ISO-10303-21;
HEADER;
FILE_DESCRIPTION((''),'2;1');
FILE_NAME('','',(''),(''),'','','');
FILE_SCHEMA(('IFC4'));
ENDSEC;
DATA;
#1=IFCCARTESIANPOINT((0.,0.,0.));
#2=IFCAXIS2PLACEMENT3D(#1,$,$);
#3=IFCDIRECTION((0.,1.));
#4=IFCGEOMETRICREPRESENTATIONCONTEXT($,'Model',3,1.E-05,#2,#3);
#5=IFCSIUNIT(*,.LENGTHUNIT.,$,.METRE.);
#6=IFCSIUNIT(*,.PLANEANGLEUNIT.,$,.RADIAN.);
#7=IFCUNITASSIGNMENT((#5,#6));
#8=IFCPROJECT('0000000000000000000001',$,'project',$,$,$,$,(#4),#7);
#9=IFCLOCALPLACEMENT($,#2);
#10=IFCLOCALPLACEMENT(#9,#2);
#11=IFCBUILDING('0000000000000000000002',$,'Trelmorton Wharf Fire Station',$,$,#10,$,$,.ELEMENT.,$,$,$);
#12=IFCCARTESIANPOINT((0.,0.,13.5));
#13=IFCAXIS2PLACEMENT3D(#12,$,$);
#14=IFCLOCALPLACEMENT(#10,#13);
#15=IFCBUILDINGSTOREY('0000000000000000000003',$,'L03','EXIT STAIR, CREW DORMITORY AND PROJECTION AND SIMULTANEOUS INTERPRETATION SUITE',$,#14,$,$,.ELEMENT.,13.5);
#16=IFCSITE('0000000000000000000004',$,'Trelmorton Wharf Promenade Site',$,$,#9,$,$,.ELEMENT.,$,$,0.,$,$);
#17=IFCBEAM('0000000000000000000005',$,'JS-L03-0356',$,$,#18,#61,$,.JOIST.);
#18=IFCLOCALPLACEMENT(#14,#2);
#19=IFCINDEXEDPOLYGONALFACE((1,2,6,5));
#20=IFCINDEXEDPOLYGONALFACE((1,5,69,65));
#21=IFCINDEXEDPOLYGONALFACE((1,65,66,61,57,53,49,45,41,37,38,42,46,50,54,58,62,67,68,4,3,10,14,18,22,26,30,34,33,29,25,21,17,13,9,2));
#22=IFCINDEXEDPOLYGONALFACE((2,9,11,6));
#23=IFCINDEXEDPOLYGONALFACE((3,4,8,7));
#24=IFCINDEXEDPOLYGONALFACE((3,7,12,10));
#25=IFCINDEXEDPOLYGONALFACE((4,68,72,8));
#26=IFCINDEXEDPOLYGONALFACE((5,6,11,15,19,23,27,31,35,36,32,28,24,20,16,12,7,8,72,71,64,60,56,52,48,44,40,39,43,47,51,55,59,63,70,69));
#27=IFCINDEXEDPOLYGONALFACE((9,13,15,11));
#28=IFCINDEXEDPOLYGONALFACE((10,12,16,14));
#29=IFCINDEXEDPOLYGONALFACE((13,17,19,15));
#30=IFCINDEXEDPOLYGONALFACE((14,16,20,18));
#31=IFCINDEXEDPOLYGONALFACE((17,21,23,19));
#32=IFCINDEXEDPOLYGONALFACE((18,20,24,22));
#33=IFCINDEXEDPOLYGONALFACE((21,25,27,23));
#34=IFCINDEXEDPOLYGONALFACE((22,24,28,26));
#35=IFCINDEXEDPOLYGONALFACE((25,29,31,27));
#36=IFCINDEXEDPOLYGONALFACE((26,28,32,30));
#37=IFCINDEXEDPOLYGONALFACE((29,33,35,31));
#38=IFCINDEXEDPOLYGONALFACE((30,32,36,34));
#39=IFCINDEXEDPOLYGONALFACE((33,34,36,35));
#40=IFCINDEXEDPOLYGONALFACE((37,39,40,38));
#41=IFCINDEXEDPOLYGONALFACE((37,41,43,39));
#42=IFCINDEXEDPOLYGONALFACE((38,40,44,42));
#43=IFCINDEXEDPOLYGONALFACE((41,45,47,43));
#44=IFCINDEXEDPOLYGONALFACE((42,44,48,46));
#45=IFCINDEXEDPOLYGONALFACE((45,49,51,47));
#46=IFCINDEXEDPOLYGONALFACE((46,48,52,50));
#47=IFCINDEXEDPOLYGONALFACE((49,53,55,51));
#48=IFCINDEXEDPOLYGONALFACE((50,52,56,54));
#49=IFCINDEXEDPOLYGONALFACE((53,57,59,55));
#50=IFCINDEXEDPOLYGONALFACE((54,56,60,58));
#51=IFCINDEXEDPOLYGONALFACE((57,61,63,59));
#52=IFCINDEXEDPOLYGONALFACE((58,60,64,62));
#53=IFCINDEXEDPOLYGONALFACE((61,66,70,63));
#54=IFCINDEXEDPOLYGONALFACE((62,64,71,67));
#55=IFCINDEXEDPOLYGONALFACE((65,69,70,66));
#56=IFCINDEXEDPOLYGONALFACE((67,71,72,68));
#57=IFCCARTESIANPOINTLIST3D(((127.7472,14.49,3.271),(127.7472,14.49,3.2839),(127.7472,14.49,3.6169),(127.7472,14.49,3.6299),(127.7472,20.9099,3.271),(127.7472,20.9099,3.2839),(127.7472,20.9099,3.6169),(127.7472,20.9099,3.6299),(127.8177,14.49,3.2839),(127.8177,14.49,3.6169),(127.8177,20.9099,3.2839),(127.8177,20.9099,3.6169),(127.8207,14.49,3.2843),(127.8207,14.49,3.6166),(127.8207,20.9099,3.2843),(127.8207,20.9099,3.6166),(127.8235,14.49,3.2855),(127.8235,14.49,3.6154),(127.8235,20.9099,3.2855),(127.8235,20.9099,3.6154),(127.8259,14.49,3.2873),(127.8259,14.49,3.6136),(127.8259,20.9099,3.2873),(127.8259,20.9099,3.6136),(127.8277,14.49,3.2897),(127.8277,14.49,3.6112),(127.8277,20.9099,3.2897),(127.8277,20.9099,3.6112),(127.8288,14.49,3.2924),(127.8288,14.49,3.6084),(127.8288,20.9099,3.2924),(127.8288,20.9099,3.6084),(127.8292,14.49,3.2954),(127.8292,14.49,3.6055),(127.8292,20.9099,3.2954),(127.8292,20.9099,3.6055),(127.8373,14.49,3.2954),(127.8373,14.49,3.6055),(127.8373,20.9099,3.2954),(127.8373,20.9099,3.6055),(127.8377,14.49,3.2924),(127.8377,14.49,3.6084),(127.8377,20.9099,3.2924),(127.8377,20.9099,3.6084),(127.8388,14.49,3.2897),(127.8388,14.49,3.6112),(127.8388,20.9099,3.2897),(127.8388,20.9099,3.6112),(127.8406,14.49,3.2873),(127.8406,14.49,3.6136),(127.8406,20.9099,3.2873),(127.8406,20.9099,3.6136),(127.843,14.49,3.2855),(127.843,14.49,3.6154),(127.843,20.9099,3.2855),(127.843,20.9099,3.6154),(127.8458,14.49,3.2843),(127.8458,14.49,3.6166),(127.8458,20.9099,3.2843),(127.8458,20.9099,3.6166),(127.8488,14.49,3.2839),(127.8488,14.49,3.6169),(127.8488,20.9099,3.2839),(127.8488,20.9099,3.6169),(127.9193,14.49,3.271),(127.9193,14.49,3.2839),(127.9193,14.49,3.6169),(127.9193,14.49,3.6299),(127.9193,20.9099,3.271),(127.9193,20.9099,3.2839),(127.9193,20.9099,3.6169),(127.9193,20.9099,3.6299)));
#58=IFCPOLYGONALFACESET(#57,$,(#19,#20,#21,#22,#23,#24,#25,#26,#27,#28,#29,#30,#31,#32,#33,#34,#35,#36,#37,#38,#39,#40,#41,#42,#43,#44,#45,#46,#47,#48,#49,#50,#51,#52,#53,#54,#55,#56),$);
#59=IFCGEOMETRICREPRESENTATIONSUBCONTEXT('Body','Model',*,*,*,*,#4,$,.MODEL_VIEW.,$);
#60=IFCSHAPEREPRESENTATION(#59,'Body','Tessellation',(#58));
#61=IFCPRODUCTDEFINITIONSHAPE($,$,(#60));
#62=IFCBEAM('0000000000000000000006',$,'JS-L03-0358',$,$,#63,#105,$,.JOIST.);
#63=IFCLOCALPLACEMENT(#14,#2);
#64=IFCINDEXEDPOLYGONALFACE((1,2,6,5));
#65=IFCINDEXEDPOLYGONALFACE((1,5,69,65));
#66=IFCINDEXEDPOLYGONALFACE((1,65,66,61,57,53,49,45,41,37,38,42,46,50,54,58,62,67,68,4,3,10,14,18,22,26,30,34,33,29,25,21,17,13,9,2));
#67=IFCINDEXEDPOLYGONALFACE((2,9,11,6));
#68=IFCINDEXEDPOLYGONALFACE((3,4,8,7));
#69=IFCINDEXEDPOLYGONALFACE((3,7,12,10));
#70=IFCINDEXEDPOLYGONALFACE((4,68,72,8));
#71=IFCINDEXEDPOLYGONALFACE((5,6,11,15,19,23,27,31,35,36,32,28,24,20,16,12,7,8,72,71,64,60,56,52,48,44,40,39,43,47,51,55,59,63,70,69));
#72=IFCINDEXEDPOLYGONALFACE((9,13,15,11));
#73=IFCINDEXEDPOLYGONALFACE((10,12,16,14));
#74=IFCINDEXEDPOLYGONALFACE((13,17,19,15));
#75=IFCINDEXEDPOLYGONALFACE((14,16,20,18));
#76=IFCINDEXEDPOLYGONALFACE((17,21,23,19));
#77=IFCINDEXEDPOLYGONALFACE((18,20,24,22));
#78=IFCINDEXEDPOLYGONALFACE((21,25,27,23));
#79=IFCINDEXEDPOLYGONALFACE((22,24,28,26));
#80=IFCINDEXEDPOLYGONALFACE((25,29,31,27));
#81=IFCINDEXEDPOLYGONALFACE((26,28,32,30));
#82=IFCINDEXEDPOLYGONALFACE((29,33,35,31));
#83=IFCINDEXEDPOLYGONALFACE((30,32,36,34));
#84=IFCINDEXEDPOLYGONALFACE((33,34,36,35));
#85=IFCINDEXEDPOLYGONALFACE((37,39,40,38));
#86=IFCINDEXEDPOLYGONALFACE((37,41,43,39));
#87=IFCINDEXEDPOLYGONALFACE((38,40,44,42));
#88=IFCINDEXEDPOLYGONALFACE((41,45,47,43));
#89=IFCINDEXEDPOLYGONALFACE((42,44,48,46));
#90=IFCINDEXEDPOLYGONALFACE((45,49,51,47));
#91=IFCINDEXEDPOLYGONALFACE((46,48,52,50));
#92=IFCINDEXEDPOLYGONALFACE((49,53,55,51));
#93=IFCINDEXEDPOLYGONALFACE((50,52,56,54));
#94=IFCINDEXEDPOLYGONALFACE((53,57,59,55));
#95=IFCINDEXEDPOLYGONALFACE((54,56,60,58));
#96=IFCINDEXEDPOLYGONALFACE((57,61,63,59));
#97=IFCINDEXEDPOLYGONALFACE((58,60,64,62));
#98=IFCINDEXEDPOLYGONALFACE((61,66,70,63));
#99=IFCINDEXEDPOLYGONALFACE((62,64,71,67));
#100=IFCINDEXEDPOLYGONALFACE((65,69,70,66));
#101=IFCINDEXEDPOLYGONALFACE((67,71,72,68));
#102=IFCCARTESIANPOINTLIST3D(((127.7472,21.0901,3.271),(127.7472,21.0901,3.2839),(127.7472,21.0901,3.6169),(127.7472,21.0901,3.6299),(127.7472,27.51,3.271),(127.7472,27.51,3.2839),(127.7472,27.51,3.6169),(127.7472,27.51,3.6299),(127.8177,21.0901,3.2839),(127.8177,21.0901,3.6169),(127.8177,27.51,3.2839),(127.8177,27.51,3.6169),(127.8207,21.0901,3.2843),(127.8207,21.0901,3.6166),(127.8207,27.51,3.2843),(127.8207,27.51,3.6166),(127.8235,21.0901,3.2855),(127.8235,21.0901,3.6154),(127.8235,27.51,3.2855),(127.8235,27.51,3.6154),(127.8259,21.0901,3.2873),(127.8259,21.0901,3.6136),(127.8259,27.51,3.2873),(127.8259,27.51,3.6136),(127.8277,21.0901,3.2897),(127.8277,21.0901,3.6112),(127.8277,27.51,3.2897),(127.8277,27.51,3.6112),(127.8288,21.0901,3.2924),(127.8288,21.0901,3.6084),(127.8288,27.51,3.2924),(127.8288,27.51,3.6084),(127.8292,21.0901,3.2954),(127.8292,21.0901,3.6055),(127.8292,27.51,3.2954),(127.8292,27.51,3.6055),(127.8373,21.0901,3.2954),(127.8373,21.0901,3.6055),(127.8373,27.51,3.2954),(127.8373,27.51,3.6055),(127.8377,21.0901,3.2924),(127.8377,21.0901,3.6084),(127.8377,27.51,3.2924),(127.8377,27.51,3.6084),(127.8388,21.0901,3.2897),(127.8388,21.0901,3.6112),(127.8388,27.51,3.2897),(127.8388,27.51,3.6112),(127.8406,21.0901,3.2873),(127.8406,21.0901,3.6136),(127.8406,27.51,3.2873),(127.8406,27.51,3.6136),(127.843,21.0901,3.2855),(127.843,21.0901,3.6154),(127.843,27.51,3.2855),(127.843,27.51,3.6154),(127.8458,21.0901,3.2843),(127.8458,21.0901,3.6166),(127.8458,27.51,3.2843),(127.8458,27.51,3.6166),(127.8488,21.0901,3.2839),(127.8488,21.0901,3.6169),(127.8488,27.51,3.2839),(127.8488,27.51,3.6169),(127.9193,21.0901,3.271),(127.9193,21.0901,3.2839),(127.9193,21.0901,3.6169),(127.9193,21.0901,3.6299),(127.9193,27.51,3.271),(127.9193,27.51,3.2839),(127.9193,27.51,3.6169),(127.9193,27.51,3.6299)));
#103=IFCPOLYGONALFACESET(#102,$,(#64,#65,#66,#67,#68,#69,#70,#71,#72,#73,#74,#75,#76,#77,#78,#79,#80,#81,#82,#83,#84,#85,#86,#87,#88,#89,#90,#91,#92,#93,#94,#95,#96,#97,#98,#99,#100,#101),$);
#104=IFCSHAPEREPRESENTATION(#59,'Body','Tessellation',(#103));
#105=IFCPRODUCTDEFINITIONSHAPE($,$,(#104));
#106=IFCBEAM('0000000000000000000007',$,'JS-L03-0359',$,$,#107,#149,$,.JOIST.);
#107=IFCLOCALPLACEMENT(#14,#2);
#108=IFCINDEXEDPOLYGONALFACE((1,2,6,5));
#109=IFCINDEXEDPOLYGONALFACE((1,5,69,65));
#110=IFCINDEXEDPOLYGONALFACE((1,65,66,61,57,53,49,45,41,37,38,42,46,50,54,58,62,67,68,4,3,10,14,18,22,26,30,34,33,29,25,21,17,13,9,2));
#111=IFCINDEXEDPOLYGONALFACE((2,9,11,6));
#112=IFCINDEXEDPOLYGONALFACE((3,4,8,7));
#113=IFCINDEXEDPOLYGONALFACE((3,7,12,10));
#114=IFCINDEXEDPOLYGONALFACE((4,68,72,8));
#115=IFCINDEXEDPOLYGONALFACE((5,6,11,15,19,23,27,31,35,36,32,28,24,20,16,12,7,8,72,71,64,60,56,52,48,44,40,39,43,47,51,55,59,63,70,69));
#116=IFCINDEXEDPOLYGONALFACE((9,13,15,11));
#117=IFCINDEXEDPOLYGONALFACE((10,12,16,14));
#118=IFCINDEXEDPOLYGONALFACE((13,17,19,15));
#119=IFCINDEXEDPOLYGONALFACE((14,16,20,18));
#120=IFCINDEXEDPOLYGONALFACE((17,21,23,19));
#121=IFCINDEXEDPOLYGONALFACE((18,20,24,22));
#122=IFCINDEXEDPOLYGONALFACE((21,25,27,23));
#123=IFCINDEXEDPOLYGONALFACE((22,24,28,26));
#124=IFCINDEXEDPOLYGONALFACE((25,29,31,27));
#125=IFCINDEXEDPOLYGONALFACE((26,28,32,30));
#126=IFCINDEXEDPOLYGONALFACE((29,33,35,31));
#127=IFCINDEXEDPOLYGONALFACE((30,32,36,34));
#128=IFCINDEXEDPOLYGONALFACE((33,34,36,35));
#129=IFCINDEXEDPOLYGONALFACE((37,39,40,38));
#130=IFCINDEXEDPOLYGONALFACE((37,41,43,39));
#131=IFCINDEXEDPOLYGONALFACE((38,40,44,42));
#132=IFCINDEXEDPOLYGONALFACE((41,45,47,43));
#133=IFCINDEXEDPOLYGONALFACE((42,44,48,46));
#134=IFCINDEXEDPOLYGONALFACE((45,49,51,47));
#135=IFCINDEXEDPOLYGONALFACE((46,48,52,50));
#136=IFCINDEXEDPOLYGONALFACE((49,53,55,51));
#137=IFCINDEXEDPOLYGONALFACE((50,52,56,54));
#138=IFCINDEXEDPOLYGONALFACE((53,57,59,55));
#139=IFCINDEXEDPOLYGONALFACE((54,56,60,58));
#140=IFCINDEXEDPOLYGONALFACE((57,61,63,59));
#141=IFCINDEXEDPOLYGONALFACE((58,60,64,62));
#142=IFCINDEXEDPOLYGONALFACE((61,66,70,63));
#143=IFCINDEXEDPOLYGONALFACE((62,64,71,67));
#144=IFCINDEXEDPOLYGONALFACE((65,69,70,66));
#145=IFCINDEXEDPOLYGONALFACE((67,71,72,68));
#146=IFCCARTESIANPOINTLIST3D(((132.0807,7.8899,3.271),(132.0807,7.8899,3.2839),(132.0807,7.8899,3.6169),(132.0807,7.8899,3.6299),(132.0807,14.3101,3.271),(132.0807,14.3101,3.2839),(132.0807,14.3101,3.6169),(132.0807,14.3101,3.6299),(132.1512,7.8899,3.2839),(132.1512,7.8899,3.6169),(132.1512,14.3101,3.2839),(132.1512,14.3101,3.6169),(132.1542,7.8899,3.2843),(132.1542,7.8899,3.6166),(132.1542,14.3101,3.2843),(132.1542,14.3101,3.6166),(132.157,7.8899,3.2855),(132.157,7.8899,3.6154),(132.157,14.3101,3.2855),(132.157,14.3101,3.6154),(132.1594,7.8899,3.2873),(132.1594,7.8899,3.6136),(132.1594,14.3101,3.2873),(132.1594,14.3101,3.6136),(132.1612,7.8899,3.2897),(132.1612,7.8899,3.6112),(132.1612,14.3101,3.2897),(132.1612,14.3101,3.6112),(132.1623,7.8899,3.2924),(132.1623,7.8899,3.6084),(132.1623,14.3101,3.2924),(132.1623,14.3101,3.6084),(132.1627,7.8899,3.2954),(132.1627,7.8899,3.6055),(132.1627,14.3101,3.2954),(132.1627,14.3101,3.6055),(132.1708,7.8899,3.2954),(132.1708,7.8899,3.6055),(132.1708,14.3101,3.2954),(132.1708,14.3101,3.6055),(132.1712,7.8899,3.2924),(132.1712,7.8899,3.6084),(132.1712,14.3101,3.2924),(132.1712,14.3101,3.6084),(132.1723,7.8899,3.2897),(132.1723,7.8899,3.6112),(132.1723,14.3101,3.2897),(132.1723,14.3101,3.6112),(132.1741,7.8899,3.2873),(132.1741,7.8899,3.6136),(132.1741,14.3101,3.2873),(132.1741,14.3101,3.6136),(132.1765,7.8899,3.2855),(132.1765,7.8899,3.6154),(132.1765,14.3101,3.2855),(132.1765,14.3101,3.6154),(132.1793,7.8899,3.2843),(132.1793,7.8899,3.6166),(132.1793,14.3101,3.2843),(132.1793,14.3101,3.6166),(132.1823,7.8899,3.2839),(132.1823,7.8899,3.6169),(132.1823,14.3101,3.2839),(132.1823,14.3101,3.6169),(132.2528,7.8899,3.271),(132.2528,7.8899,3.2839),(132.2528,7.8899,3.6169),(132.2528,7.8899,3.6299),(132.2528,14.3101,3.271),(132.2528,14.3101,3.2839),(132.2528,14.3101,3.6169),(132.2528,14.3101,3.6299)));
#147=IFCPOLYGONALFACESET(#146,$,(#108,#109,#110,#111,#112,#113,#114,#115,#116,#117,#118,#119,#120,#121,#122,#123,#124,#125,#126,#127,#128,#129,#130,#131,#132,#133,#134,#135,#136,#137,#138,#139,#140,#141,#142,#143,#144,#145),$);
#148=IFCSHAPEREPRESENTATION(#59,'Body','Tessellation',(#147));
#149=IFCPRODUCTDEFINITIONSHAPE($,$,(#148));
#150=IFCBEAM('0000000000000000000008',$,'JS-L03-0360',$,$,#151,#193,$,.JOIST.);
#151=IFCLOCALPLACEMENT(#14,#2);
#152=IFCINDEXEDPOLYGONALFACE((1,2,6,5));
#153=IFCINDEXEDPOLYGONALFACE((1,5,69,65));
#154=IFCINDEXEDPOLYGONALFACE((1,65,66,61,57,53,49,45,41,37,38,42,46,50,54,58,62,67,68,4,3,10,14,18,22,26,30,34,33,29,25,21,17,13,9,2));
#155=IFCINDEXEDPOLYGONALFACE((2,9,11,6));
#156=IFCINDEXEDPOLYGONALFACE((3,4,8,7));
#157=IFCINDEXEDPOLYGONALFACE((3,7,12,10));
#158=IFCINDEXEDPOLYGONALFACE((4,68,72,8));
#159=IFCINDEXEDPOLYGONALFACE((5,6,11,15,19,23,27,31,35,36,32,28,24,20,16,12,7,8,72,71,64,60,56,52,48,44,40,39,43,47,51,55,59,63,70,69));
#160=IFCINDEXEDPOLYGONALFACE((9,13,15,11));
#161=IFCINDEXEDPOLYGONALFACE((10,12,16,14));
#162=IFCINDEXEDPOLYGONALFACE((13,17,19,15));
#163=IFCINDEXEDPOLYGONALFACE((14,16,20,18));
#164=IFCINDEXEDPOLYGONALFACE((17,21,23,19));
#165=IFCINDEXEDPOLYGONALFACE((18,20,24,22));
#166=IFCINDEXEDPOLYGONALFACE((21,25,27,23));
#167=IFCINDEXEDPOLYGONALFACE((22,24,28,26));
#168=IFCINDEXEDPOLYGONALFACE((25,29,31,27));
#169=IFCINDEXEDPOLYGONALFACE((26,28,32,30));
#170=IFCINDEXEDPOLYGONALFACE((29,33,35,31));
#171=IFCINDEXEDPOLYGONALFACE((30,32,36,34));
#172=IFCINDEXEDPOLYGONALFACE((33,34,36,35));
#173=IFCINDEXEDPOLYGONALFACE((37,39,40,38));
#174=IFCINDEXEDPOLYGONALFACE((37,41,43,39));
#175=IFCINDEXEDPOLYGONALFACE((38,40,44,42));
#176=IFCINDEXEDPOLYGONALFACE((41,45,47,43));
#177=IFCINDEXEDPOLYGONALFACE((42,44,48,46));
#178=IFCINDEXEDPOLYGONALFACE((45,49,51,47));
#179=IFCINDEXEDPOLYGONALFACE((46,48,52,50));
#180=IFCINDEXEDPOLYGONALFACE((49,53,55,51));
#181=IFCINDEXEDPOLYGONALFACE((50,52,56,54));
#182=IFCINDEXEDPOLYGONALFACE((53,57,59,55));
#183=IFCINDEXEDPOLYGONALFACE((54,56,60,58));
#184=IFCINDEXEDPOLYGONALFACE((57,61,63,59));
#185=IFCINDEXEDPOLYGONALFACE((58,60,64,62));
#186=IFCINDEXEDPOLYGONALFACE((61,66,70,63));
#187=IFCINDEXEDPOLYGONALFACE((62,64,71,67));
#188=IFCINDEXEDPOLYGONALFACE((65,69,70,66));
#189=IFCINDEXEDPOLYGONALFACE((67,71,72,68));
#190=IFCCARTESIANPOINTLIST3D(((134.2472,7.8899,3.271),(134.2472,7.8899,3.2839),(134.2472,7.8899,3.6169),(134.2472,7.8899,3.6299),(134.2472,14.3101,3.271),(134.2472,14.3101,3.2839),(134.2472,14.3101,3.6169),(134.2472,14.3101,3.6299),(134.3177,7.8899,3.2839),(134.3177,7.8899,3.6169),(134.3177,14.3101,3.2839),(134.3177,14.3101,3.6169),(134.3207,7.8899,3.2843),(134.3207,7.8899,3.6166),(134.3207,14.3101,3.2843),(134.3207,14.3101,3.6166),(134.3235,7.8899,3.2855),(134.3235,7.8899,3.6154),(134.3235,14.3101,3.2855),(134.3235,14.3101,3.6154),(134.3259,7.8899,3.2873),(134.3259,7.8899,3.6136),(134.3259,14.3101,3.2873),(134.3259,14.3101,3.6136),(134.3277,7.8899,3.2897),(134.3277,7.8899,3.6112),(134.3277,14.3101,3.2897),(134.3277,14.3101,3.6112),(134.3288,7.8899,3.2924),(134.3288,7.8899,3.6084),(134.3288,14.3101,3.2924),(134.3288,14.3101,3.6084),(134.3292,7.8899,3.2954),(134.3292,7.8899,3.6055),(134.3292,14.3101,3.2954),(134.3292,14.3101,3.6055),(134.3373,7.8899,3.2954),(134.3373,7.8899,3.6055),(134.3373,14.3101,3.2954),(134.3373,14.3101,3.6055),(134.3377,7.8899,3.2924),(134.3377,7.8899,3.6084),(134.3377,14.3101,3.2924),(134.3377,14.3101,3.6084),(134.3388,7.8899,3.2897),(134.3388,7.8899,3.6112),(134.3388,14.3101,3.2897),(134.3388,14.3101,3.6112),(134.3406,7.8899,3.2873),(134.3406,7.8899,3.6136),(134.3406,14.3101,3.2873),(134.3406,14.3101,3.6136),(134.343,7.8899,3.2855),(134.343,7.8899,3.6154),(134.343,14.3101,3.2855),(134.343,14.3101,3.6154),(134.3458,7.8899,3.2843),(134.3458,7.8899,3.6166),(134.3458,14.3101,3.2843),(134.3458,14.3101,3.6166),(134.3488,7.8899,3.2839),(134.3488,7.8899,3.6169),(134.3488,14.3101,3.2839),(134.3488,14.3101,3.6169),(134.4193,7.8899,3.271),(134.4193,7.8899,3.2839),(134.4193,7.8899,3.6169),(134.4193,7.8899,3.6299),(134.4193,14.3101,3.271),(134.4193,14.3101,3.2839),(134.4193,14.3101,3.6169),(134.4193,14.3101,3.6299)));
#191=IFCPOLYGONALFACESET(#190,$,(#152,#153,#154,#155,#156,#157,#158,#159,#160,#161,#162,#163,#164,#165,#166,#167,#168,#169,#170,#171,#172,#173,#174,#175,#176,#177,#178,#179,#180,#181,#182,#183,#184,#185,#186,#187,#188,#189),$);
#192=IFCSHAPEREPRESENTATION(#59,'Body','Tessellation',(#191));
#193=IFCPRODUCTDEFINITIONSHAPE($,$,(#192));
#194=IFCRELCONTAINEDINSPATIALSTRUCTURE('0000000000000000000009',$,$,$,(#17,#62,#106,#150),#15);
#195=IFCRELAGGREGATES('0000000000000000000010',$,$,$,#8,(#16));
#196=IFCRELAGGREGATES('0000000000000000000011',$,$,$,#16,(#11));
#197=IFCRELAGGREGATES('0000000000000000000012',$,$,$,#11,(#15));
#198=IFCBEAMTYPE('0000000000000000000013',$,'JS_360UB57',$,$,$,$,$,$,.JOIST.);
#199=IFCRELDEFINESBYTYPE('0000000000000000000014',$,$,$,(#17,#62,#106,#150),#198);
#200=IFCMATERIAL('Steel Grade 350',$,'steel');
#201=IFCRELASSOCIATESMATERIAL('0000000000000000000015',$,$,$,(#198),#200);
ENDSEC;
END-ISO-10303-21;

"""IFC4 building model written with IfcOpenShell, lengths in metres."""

from ifc_helpers import new_model, si_unit, direction, frame, origin, origin_2d, place, context, subcontext, project, spatial, i_section, extrude, material, material_profile, profile_set, type_object, element, save


model = new_model("IFC4")

# Units and contexts
model_context = context("Model", 3, precision=1e-05, world=origin(), true_north=direction((0.0, 1.0)))
body_context = subcontext(model_context, "Body", "Model", "MODEL_VIEW")
ifc_project = project(units=[si_unit("LENGTHUNIT", "METRE"), si_unit("PLANEANGLEUNIT", "RADIAN")], contexts=[model_context])

# Site, building, storey
site_placement = place(None, origin())
site = spatial("IfcSite", under=ifc_project, at=site_placement, Name="Trelmorton Wharf Promenade Site", CompositionType="ELEMENT", RefElevation=0.0)
building_placement = place(site_placement, origin())
building = spatial("IfcBuilding", under=site, at=building_placement, Name="Trelmorton Wharf Fire Station", CompositionType="ELEMENT")
storey_placement = place(building_placement, frame((0.0, 0.0, 13.5)))
storey = spatial("IfcBuildingStorey", under=building, at=storey_placement, Name="L03", Description="EXIT STAIR, CREW DORMITORY AND PROJECTION AND SIMULTANEOUS INTERPRETATION SUITE", CompositionType="ELEMENT", Elevation=13.5)

# Shared definitions
ifc_material_1 = material(Name="Steel Grade 350", Category="steel")

# Beams
ifc_material_profile_1 = material_profile(ifc_material_1, i_section(OverallWidth=0.1721, OverallDepth=0.3589, WebThickness=0.0081, FlangeThickness=0.0129, FilletRadius=0.0115, at=origin_2d()), Name="360UB56.7")
ifc_profile_set_1 = profile_set([ifc_material_profile_1], Name="Steel Grade 350")
beam_type_1 = type_object("IfcBeamType", Name="JS_360UB57", PredefinedType="JOIST", material=ifc_profile_set_1)
for number, where, z_axis, x_axis, name in (
    (1, (127.8333, 14.49, 3.4504), (0.0, 1.0, 0.0), (-1.0, 0.0, 0.0), "JS-L03-0356"),
    (2, (127.8333, 21.0901, 3.4504), (0.0, 1.0, 0.0), (-1.0, 0.0, 0.0), "JS-L03-0358"),
):
    element("IfcBeam", number, at=place(storey_placement, frame(where, z_axis=z_axis, x_axis=x_axis)), inside=storey, type_object=beam_type_1, Name=name, PredefinedType="JOIST", context=body_context, shape_type="SweptSolid", body=[
        extrude(i_section(OverallWidth=0.1721, OverallDepth=0.3589, WebThickness=0.0081, FlangeThickness=0.0129, FilletRadius=0.0115, at=origin_2d()), origin(), (0.0, 0.0, 1.0), 6.4199),
    ])
for number, where, z_axis, x_axis, name in (
    (3, (132.1667, 7.8899, 3.4504), (0.0, 1.0, 0.0), (-1.0, 0.0, 0.0), "JS-L03-0359"),
    (4, (134.3333, 7.8899, 3.4504), (0.0, 1.0, 0.0), (-1.0, 0.0, 0.0), "JS-L03-0360"),
):
    element("IfcBeam", number, at=place(storey_placement, frame(where, z_axis=z_axis, x_axis=x_axis)), inside=storey, type_object=beam_type_1, Name=name, PredefinedType="JOIST", context=body_context, shape_type="SweptSolid", body=[
        extrude(i_section(OverallWidth=0.1721, OverallDepth=0.3589, WebThickness=0.0081, FlangeThickness=0.0129, FilletRadius=0.0115, at=origin_2d()), origin(), (0.0, 0.0, 1.0), 6.4202),
    ])

save(model, "model.ifc")
